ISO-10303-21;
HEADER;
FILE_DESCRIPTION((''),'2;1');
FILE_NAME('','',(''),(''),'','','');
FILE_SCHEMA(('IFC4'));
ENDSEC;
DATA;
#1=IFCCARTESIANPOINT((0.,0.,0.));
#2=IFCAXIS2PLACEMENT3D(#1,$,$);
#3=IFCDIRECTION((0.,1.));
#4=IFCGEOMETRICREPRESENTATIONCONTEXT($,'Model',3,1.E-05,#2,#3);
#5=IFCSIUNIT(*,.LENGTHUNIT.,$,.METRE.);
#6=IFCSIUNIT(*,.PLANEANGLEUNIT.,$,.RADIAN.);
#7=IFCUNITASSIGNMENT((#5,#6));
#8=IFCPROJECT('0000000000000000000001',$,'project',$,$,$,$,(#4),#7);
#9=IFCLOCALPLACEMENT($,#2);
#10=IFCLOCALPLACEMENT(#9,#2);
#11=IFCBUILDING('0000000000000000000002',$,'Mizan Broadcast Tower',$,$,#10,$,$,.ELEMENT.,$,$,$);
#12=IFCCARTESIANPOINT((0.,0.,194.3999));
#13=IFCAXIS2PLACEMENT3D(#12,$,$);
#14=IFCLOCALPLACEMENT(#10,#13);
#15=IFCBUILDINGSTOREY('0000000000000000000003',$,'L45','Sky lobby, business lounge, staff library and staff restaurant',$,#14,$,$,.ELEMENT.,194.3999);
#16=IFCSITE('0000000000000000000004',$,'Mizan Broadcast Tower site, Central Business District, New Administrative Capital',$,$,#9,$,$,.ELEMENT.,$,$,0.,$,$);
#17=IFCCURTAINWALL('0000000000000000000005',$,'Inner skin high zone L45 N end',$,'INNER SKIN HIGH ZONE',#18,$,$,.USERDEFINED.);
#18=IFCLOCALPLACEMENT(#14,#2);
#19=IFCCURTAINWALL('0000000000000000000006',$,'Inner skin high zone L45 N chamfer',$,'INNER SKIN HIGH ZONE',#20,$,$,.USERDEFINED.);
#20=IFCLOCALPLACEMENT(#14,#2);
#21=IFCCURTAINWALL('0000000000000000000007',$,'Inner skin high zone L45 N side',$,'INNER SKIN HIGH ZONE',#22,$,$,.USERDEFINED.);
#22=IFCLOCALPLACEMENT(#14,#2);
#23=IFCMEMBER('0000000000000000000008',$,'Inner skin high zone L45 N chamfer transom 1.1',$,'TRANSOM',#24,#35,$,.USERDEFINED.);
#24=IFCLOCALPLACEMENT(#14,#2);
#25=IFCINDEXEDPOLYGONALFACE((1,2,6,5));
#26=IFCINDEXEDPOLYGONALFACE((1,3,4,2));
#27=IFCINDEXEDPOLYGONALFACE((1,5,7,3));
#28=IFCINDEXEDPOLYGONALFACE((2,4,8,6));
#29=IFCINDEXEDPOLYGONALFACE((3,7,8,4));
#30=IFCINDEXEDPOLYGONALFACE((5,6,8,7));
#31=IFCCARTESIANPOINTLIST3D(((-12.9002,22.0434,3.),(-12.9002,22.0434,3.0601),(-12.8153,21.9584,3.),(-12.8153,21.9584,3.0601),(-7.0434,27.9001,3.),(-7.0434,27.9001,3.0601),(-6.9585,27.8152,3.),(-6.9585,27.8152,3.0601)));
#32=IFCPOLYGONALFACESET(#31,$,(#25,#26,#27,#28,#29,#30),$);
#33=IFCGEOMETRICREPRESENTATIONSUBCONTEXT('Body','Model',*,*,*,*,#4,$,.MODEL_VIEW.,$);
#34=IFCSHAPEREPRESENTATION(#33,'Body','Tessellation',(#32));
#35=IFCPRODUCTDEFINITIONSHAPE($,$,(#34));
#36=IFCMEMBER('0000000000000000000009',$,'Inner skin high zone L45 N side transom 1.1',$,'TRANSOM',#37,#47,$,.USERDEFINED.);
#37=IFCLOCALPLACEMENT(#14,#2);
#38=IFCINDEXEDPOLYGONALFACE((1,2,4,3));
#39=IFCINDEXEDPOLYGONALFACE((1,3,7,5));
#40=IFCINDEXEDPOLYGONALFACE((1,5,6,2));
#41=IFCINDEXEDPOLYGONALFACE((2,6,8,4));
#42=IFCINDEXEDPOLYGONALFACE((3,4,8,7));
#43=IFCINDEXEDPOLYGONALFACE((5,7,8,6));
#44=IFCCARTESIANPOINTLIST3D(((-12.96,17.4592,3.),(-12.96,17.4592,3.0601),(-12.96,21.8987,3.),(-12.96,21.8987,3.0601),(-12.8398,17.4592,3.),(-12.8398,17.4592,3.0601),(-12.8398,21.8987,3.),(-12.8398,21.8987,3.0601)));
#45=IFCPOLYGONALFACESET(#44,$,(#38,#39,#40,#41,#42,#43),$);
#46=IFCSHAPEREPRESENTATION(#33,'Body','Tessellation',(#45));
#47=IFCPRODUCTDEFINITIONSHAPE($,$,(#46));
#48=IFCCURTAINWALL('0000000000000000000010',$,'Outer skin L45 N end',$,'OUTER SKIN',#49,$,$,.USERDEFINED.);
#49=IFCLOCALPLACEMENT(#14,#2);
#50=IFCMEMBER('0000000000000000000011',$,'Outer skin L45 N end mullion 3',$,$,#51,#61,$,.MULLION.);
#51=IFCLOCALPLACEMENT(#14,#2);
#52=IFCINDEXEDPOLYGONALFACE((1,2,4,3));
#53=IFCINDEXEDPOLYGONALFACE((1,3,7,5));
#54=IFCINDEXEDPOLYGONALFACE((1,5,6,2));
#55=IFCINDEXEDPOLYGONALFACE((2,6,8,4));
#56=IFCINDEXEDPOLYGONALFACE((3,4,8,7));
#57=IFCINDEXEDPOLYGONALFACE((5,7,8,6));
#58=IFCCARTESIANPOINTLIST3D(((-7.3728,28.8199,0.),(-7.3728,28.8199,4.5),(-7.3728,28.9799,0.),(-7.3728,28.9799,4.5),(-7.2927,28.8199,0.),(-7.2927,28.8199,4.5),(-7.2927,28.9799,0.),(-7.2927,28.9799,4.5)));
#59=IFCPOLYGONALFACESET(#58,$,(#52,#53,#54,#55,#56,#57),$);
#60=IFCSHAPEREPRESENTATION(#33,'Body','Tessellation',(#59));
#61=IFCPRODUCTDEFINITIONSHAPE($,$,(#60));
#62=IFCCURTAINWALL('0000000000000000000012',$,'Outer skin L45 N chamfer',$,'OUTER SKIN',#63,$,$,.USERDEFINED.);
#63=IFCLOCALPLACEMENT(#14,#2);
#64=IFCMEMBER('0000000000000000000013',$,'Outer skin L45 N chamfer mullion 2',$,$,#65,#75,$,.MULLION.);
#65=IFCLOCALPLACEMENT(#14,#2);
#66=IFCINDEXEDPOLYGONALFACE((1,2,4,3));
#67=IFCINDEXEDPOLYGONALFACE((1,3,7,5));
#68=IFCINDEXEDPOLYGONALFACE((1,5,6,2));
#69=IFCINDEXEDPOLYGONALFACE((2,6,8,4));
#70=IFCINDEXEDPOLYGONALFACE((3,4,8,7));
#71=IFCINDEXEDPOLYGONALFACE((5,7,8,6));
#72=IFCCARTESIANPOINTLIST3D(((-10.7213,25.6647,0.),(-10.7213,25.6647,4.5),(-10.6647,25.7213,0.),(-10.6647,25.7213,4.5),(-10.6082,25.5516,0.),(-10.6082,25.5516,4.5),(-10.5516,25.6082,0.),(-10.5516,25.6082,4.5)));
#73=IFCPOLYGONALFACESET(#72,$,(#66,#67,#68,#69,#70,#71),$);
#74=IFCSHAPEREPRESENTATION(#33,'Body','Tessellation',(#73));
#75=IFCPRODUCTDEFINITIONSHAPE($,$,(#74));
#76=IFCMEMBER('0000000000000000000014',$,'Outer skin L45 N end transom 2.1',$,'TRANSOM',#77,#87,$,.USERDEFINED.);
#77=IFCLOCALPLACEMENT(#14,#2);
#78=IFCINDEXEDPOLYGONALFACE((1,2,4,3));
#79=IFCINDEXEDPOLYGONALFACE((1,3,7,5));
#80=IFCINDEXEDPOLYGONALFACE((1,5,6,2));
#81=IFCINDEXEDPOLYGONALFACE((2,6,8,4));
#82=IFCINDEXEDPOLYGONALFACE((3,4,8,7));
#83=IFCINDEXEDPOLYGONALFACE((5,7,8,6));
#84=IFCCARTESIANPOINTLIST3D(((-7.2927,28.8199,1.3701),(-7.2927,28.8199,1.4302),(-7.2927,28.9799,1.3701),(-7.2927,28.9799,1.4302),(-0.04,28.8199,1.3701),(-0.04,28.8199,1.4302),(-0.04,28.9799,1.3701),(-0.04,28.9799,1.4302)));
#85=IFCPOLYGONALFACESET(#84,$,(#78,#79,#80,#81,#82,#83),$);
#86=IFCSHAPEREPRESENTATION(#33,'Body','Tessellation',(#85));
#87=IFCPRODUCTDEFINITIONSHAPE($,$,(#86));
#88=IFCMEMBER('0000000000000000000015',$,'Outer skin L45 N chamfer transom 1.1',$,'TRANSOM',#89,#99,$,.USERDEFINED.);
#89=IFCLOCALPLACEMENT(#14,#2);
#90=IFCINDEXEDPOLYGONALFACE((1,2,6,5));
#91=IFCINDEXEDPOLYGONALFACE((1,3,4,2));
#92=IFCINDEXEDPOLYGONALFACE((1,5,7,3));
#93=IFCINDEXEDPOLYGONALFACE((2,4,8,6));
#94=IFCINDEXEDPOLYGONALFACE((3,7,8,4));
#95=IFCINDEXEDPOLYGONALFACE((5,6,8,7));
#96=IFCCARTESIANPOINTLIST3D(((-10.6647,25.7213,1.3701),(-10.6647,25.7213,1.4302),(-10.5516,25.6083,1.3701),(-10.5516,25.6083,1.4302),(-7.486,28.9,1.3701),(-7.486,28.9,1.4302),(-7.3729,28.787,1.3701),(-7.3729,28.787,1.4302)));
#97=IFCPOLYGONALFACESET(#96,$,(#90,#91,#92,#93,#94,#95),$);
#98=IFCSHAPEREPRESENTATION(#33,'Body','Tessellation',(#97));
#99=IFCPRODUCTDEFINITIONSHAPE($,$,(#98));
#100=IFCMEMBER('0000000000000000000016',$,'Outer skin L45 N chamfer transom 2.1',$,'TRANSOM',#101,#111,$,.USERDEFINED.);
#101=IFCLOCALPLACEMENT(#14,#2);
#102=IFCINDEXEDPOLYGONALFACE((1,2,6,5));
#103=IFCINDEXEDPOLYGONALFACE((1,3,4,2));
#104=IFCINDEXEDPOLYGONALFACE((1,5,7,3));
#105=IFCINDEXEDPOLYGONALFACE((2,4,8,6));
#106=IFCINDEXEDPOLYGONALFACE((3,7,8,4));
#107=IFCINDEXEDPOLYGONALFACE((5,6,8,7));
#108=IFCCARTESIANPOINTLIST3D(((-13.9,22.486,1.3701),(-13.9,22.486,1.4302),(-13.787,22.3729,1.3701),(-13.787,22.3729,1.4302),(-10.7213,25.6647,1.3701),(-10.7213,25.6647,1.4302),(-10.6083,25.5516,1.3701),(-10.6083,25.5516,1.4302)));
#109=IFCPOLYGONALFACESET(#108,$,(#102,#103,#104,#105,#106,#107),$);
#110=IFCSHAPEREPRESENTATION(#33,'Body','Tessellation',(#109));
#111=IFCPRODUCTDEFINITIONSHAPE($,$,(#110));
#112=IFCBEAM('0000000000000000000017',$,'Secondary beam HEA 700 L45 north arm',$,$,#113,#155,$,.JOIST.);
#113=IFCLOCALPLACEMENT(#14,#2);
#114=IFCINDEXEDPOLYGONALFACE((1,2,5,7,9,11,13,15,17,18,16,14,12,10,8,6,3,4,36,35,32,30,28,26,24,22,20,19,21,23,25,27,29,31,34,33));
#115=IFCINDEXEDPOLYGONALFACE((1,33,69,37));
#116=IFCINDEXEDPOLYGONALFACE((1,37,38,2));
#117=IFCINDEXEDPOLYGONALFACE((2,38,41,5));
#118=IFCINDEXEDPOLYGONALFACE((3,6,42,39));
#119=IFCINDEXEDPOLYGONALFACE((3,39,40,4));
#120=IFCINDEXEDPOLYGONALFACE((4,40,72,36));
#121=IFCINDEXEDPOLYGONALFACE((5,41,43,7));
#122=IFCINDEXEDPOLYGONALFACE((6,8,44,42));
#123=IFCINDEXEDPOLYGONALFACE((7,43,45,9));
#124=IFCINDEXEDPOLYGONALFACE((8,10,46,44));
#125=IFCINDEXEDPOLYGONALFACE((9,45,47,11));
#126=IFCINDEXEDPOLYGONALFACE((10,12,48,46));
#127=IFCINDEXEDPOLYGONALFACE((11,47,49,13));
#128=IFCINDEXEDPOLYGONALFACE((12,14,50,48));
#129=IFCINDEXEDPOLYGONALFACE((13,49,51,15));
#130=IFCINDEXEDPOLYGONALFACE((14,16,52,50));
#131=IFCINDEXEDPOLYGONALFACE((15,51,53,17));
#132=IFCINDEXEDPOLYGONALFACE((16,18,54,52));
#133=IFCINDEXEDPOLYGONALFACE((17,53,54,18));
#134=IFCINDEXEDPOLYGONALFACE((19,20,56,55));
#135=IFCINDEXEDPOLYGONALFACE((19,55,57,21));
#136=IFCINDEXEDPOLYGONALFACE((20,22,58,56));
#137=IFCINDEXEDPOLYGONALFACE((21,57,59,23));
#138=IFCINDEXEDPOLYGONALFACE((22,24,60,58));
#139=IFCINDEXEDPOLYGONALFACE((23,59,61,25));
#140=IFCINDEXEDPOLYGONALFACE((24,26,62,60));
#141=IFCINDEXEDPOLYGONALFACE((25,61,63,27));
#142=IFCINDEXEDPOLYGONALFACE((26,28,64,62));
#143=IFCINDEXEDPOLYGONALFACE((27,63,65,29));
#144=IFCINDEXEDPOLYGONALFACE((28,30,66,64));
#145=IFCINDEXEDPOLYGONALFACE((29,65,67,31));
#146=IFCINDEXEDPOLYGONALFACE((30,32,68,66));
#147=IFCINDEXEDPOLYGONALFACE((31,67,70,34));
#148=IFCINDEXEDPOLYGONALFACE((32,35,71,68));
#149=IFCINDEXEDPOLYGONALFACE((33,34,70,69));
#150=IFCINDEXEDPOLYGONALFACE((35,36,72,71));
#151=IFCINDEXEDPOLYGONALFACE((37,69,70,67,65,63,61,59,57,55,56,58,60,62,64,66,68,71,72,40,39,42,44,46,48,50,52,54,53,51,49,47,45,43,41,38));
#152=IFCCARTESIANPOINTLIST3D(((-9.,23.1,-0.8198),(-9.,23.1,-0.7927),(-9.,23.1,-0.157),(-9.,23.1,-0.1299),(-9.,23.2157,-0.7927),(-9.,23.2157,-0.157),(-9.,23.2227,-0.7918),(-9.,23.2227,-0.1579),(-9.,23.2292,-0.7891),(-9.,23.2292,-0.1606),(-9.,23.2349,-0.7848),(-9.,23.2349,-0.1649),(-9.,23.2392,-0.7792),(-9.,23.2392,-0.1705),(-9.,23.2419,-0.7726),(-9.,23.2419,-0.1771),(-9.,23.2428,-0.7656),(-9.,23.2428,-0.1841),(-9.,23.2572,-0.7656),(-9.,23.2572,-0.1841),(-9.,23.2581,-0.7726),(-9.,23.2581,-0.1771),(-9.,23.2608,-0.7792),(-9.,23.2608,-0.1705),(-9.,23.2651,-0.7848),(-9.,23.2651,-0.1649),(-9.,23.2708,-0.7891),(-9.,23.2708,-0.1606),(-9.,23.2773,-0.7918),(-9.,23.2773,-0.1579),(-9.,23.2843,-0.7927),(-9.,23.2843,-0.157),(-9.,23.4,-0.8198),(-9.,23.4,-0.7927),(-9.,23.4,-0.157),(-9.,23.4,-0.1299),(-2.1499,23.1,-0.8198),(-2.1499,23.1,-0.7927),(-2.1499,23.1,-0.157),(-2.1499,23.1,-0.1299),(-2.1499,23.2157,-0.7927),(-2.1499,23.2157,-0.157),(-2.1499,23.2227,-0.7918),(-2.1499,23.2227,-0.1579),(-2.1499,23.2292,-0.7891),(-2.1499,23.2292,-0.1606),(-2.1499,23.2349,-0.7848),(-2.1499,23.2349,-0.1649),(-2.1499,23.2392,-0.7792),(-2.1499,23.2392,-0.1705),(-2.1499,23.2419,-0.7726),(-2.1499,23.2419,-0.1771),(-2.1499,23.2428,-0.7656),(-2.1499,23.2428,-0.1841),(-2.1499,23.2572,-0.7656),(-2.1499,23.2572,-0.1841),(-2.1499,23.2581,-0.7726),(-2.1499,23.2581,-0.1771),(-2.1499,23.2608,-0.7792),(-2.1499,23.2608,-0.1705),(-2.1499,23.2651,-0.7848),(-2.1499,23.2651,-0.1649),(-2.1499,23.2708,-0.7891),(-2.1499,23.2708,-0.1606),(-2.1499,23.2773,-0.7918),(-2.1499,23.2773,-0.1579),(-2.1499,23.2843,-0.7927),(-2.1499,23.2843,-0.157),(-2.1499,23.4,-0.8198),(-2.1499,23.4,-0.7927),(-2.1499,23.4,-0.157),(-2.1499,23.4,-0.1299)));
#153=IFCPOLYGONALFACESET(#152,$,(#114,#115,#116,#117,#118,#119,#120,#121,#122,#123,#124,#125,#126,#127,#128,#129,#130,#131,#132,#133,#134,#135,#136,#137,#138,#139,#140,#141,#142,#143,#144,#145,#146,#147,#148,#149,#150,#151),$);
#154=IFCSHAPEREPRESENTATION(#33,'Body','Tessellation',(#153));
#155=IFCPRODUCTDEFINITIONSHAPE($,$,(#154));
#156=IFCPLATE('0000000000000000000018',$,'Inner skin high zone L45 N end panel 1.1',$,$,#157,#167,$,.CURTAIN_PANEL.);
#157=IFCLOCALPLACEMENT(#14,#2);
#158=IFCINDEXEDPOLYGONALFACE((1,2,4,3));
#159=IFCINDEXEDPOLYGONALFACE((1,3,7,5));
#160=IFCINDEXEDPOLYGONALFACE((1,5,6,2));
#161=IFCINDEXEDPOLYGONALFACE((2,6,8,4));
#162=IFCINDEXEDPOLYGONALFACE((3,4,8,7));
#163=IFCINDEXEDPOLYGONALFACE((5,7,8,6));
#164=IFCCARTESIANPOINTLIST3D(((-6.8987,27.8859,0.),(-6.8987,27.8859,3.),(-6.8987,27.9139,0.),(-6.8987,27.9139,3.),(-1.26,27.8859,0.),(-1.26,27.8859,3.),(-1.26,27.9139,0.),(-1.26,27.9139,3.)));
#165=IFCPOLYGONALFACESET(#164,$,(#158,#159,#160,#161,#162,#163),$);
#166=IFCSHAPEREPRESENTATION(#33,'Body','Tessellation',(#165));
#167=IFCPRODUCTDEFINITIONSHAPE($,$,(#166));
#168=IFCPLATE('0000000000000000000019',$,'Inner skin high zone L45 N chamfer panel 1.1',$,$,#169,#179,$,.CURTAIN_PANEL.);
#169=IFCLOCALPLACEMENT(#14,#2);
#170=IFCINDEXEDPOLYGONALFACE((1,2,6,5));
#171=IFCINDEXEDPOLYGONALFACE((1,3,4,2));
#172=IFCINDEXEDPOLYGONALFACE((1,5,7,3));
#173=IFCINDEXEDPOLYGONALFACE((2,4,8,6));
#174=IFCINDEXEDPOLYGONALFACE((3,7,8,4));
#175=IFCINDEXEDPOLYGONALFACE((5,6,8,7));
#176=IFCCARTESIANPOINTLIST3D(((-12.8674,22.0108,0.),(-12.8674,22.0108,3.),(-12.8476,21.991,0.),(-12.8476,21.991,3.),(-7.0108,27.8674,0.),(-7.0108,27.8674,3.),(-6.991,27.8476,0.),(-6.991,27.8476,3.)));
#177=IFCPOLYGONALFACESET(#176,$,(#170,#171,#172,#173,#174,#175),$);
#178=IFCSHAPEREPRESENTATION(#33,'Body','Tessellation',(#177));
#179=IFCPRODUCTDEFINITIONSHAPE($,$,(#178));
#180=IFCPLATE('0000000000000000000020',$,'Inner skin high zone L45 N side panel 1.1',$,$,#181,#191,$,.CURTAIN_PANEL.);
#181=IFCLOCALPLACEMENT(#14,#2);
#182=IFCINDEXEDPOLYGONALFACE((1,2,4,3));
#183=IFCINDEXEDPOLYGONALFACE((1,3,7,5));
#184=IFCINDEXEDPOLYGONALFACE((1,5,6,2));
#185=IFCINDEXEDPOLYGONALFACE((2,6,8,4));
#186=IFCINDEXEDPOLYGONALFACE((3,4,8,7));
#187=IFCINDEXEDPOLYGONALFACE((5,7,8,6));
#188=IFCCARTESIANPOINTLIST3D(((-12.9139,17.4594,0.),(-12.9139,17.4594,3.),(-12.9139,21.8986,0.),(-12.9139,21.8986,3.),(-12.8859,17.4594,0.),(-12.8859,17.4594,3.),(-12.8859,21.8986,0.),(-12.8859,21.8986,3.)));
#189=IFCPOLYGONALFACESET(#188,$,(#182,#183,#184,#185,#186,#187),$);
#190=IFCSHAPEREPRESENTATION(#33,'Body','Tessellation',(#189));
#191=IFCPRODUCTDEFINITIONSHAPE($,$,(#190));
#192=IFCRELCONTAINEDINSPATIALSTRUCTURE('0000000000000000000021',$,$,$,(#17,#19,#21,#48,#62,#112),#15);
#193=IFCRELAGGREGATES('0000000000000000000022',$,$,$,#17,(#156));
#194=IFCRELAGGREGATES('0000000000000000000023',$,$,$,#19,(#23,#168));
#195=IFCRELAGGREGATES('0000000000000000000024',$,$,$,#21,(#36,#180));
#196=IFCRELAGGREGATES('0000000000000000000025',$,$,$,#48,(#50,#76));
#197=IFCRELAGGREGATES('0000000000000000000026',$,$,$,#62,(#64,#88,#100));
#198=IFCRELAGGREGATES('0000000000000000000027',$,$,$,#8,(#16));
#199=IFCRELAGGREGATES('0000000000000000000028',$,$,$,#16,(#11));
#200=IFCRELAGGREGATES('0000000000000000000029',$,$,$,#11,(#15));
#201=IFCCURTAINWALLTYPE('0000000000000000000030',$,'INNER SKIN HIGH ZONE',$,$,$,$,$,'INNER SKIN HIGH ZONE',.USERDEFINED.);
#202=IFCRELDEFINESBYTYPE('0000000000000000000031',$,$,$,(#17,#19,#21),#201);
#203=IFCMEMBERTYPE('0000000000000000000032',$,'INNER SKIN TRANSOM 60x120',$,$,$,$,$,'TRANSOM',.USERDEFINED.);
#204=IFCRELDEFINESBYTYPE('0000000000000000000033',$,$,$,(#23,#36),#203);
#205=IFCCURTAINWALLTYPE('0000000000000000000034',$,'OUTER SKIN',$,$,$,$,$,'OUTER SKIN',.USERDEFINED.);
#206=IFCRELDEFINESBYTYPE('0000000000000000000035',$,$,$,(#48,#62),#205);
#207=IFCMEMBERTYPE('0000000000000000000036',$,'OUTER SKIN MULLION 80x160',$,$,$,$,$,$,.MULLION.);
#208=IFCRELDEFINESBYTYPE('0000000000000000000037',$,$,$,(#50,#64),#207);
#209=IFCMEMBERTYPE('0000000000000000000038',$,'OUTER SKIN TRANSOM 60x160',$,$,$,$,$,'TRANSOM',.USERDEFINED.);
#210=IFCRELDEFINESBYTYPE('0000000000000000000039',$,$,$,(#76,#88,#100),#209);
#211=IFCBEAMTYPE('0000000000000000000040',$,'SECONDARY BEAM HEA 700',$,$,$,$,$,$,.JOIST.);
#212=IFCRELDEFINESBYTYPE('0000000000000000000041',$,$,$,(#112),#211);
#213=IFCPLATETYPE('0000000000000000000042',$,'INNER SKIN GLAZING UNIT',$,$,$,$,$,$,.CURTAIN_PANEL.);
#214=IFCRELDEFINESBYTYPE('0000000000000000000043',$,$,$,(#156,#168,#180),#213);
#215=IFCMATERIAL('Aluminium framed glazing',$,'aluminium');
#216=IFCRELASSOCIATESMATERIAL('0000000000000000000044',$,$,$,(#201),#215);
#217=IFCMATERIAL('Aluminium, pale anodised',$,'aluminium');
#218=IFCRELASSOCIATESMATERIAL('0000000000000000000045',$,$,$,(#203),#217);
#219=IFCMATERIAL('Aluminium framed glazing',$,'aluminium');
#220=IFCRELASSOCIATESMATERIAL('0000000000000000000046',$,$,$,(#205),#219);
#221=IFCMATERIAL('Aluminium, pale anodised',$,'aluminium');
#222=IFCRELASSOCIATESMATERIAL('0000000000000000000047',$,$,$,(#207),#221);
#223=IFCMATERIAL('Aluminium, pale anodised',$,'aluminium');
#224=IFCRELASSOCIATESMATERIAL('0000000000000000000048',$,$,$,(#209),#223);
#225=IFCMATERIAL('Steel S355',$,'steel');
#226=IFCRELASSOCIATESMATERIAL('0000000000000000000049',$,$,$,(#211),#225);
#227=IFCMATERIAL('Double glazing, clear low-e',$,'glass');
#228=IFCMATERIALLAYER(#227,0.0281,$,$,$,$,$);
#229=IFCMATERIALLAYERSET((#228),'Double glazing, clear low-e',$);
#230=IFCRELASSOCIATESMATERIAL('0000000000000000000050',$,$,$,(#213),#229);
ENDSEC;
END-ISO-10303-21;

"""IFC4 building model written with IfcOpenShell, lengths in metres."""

from ifc_helpers import new_model, si_unit, direction, frame, origin, origin_2d, place, context, subcontext, project, spatial, rectangle, i_section, extrude, material, layer, layer_set, material_profile, profile_set, type_object, element, aggregate, save


model = new_model("IFC4")

# Units and contexts
model_context = context("Model", 3, precision=1e-05, world=origin(), true_north=direction((0.0, 1.0)))
body_context = subcontext(model_context, "Body", "Model", "MODEL_VIEW")
ifc_project = project(units=[si_unit("LENGTHUNIT", "METRE"), si_unit("PLANEANGLEUNIT", "RADIAN")], contexts=[model_context])

# Site, building, storey
site_placement = place(None, origin())
site = spatial("IfcSite", under=ifc_project, at=site_placement, Name="Mizan Broadcast Tower site, Central Business District, New Administrative Capital", CompositionType="ELEMENT", RefElevation=0.0)
building_placement = place(site_placement, origin())
building = spatial("IfcBuilding", under=site, at=building_placement, Name="Mizan Broadcast Tower", CompositionType="ELEMENT")
storey_placement = place(building_placement, frame((0.0, 0.0, 194.3999)))
storey = spatial("IfcBuildingStorey", under=building, at=storey_placement, Name="L45", Description="Sky lobby, business lounge, staff library and staff restaurant", CompositionType="ELEMENT", Elevation=194.3999)

# Curtain wall
ifc_material_1 = material(Name="Aluminium framed glazing", Category="aluminium")
curtain_wall_type_1 = type_object("IfcCurtainWallType", Name="INNER SKIN HIGH ZONE", ElementType="INNER SKIN HIGH ZONE", PredefinedType="USERDEFINED", material=ifc_material_1)
curtain_wall_1_placement = place(storey_placement, origin())
curtain_wall_1 = element("IfcCurtainWall", 1, at=curtain_wall_1_placement, inside=storey, type_object=curtain_wall_type_1, Name="Inner skin high zone L45 N end", ObjectType="INNER SKIN HIGH ZONE", PredefinedType="USERDEFINED")

# Curtain walls
curtain_wall_2_placement = place(storey_placement, origin())
curtain_wall_2 = element("IfcCurtainWall", 2, at=curtain_wall_2_placement, inside=storey, type_object=curtain_wall_type_1, Name="Inner skin high zone L45 N chamfer", ObjectType="INNER SKIN HIGH ZONE", PredefinedType="USERDEFINED")
curtain_wall_3_placement = place(storey_placement, origin())
curtain_wall_3 = element("IfcCurtainWall", 3, at=curtain_wall_3_placement, inside=storey, type_object=curtain_wall_type_1, Name="Inner skin high zone L45 N side", ObjectType="INNER SKIN HIGH ZONE", PredefinedType="USERDEFINED")

# Members
ifc_material_2 = material(Name="Aluminium, pale anodised", Category="aluminium")
ifc_material_profile_1 = material_profile(ifc_material_2, rectangle(XDim=0.1201, YDim=0.0601, at=origin_2d()), Name="TRANSOM 120x60")
ifc_profile_set_1 = profile_set([ifc_material_profile_1], Name="Aluminium, pale anodised")
member_type_1 = type_object("IfcMemberType", Name="INNER SKIN TRANSOM 60x120", ElementType="TRANSOM", PredefinedType="USERDEFINED", material=ifc_profile_set_1)
member_1_placement = place(storey_placement, frame((-7.001, 27.8577, 3.03), z_axis=(-0.707107, -0.707107, 0.0), x_axis=(0.707107, -0.707107, 0.0)))
member_1 = element("IfcMember", 4, at=member_1_placement, type_object=member_type_1, Name="Inner skin high zone L45 N chamfer transom 1.1", ObjectType="TRANSOM", PredefinedType="USERDEFINED", context=body_context, shape_type="SweptSolid", body=[
    extrude(rectangle(XDim=0.1201, YDim=0.0601, at=origin_2d()), origin(), (0.0, 0.0, 1.0), 8.2827),
])
member_2_placement = place(storey_placement, frame((-12.8999, 21.8987, 3.03), z_axis=(0.0, -1.0, 0.0), x_axis=(1.0, 0.0, 0.0)))
member_2 = element("IfcMember", 5, at=member_2_placement, type_object=member_type_1, Name="Inner skin high zone L45 N side transom 1.1", ObjectType="TRANSOM", PredefinedType="USERDEFINED", context=body_context, shape_type="SweptSolid", body=[
    extrude(rectangle(XDim=0.1201, YDim=0.0601, at=origin_2d()), origin(), (0.0, 0.0, 1.0), 4.4395),
])

# Curtain walls, members
ifc_material_3 = material(Name="Aluminium framed glazing", Category="aluminium")
curtain_wall_type_2 = type_object("IfcCurtainWallType", Name="OUTER SKIN", ElementType="OUTER SKIN", PredefinedType="USERDEFINED", material=ifc_material_3)
curtain_wall_4_placement = place(storey_placement, origin())
curtain_wall_4 = element("IfcCurtainWall", 6, at=curtain_wall_4_placement, inside=storey, type_object=curtain_wall_type_2, Name="Outer skin L45 N end", ObjectType="OUTER SKIN", PredefinedType="USERDEFINED")
ifc_material_4 = material(Name="Aluminium, pale anodised", Category="aluminium")
ifc_material_profile_2 = material_profile(ifc_material_4, rectangle(XDim=0.1599, YDim=0.0801, at=origin_2d()), Name="MULLION 160x80")
ifc_profile_set_2 = profile_set([ifc_material_profile_2], Name="Aluminium, pale anodised")
member_type_2 = type_object("IfcMemberType", Name="OUTER SKIN MULLION 80x160", PredefinedType="MULLION", material=ifc_profile_set_2)
member_3_placement = place(storey_placement, frame((-7.3328, 28.8999, 0.0), z_axis=(0.0, 0.0, 1.0), x_axis=(0.0, -1.0, 0.0)))
member_3 = element("IfcMember", 7, at=member_3_placement, type_object=member_type_2, Name="Outer skin L45 N end mullion 3", PredefinedType="MULLION", context=body_context, shape_type="SweptSolid", body=[
    extrude(rectangle(XDim=0.1599, YDim=0.0801, at=origin_2d()), origin(), (0.0, 0.0, 1.0), 4.5),
])
curtain_wall_5_placement = place(storey_placement, origin())
curtain_wall_5 = element("IfcCurtainWall", 8, at=curtain_wall_5_placement, inside=storey, type_object=curtain_wall_type_2, Name="Outer skin L45 N chamfer", ObjectType="OUTER SKIN", PredefinedType="USERDEFINED")
member_4_placement = place(storey_placement, frame((-10.6365, 25.6365, 0.0), z_axis=(0.0, 0.0, 1.0), x_axis=(0.707107, -0.707107, 0.0)))
member_4 = element("IfcMember", 9, at=member_4_placement, type_object=member_type_2, Name="Outer skin L45 N chamfer mullion 2", PredefinedType="MULLION", context=body_context, shape_type="SweptSolid", body=[
    extrude(rectangle(XDim=0.1599, YDim=0.0801, at=origin_2d()), origin(), (0.0, 0.0, 1.0), 4.5),
])

# Members
ifc_material_5 = material(Name="Aluminium, pale anodised", Category="aluminium")
ifc_material_profile_3 = material_profile(ifc_material_5, rectangle(XDim=0.1599, YDim=0.0601, at=origin_2d()), Name="TRANSOM 160x60")
ifc_profile_set_3 = profile_set([ifc_material_profile_3], Name="Aluminium, pale anodised")
member_type_3 = type_object("IfcMemberType", Name="OUTER SKIN TRANSOM 60x160", ElementType="TRANSOM", PredefinedType="USERDEFINED", material=ifc_profile_set_3)
member_5_placement = place(storey_placement, frame((-0.04, 28.8999, 1.4001), z_axis=(-1.0, 0.0, 0.0), x_axis=(0.0, -1.0, 0.0)))
member_5 = element("IfcMember", 10, at=member_5_placement, type_object=member_type_3, Name="Outer skin L45 N end transom 2.1", ObjectType="TRANSOM", PredefinedType="USERDEFINED", context=body_context, shape_type="SweptSolid", body=[
    extrude(rectangle(XDim=0.1599, YDim=0.0601, at=origin_2d()), origin(), (0.0, 0.0, 1.0), 7.2527),
])
member_6_placement = place(storey_placement, frame((-7.4294, 28.8435, 1.4001), z_axis=(-0.707107, -0.707107, 0.0), x_axis=(0.707107, -0.707107, 0.0)))
member_6 = element("IfcMember", 11, at=member_6_placement, type_object=member_type_3, Name="Outer skin L45 N chamfer transom 1.1", ObjectType="TRANSOM", PredefinedType="USERDEFINED", context=body_context, shape_type="SweptSolid", body=[
    extrude(rectangle(XDim=0.1599, YDim=0.0601, at=origin_2d()), origin(), (0.0, 0.0, 1.0), 4.4954),
])
member_7_placement = place(storey_placement, frame((-10.6648, 25.6082, 1.4001), z_axis=(-0.707107, -0.707107, 0.0), x_axis=(0.707107, -0.707107, 0.0)))
member_7 = element("IfcMember", 12, at=member_7_placement, type_object=member_type_3, Name="Outer skin L45 N chamfer transom 2.1", ObjectType="TRANSOM", PredefinedType="USERDEFINED", context=body_context, shape_type="SweptSolid", body=[
    extrude(rectangle(XDim=0.1599, YDim=0.0601, at=origin_2d()), origin(), (0.0, 0.0, 1.0), 4.4954),
])

# Beam
ifc_material_6 = material(Name="Steel S355", Category="steel")
ifc_material_profile_4 = material_profile(ifc_material_6, i_section(OverallWidth=0.3, OverallDepth=0.6899, WebThickness=0.0144, FlangeThickness=0.0271, FilletRadius=0.0271, at=origin_2d()), Name="HEA 700")
ifc_profile_set_4 = profile_set([ifc_material_profile_4], Name="Steel S355")
beam_type_1 = type_object("IfcBeamType", Name="SECONDARY BEAM HEA 700", PredefinedType="JOIST", material=ifc_profile_set_4)
beam_1_placement = place(storey_placement, frame((-9.0, 23.25, -0.4749), z_axis=(1.0, 0.0, 0.0), x_axis=(0.0, 1.0, 0.0)))
element("IfcBeam", 13, at=beam_1_placement, inside=storey, type_object=beam_type_1, Name="Secondary beam HEA 700 L45 north arm", PredefinedType="JOIST", context=body_context, shape_type="SweptSolid", body=[
    extrude(i_section(OverallWidth=0.3, OverallDepth=0.6899, WebThickness=0.0144, FlangeThickness=0.0271, FilletRadius=0.0271, at=origin_2d()), origin(), (0.0, 0.0, 1.0), 6.8501),
])

# Plates
ifc_material_7 = material(Name="Double glazing, clear low-e", Category="glass")
ifc_layer_1 = layer(ifc_material_7, 0.0281)
ifc_layer_set_1 = layer_set([ifc_layer_1], Name="Double glazing, clear low-e")
plate_type_1 = type_object("IfcPlateType", Name="INNER SKIN GLAZING UNIT", PredefinedType="CURTAIN_PANEL", material=ifc_layer_set_1)
plate_1_placement = place(storey_placement, frame((-4.0793, 27.8999, 0.0), z_axis=(0.0, 0.0, 1.0), x_axis=(-1.0, 0.0, 0.0)))
plate_1 = element("IfcPlate", 14, at=plate_1_placement, type_object=plate_type_1, Name="Inner skin high zone L45 N end panel 1.1", PredefinedType="CURTAIN_PANEL", context=body_context, shape_type="SweptSolid", body=[
    extrude(rectangle(XDim=5.6387, YDim=0.0281, at=origin_2d()), origin(), (0.0, 0.0, 1.0), 3.0),
])
plate_2_placement = place(storey_placement, frame((-9.9292, 24.9292, 0.0), z_axis=(0.0, 0.0, 1.0), x_axis=(-0.707107, -0.707107, 0.0)))
plate_2 = element("IfcPlate", 15, at=plate_2_placement, type_object=plate_type_1, Name="Inner skin high zone L45 N chamfer panel 1.1", PredefinedType="CURTAIN_PANEL", context=body_context, shape_type="SweptSolid", body=[
    extrude(rectangle(XDim=8.2825, YDim=0.0281, at=origin_2d()), origin(), (0.0, 0.0, 1.0), 3.0),
])
plate_3_placement = place(storey_placement, frame((-12.8999, 19.679, 0.0), z_axis=(0.0, 0.0, 1.0), x_axis=(0.0, -1.0, 0.0)))
plate_3 = element("IfcPlate", 16, at=plate_3_placement, type_object=plate_type_1, Name="Inner skin high zone L45 N side panel 1.1", PredefinedType="CURTAIN_PANEL", context=body_context, shape_type="SweptSolid", body=[
    extrude(rectangle(XDim=4.4392, YDim=0.0281, at=origin_2d()), origin(), (0.0, 0.0, 1.0), 3.0),
])
aggregate(curtain_wall_1, [plate_1])
aggregate(curtain_wall_2, [member_1, plate_2])
aggregate(curtain_wall_3, [member_2, plate_3])
aggregate(curtain_wall_4, [member_3, member_5])
aggregate(curtain_wall_5, [member_4, member_6, member_7])

save(model, "model.ifc")
